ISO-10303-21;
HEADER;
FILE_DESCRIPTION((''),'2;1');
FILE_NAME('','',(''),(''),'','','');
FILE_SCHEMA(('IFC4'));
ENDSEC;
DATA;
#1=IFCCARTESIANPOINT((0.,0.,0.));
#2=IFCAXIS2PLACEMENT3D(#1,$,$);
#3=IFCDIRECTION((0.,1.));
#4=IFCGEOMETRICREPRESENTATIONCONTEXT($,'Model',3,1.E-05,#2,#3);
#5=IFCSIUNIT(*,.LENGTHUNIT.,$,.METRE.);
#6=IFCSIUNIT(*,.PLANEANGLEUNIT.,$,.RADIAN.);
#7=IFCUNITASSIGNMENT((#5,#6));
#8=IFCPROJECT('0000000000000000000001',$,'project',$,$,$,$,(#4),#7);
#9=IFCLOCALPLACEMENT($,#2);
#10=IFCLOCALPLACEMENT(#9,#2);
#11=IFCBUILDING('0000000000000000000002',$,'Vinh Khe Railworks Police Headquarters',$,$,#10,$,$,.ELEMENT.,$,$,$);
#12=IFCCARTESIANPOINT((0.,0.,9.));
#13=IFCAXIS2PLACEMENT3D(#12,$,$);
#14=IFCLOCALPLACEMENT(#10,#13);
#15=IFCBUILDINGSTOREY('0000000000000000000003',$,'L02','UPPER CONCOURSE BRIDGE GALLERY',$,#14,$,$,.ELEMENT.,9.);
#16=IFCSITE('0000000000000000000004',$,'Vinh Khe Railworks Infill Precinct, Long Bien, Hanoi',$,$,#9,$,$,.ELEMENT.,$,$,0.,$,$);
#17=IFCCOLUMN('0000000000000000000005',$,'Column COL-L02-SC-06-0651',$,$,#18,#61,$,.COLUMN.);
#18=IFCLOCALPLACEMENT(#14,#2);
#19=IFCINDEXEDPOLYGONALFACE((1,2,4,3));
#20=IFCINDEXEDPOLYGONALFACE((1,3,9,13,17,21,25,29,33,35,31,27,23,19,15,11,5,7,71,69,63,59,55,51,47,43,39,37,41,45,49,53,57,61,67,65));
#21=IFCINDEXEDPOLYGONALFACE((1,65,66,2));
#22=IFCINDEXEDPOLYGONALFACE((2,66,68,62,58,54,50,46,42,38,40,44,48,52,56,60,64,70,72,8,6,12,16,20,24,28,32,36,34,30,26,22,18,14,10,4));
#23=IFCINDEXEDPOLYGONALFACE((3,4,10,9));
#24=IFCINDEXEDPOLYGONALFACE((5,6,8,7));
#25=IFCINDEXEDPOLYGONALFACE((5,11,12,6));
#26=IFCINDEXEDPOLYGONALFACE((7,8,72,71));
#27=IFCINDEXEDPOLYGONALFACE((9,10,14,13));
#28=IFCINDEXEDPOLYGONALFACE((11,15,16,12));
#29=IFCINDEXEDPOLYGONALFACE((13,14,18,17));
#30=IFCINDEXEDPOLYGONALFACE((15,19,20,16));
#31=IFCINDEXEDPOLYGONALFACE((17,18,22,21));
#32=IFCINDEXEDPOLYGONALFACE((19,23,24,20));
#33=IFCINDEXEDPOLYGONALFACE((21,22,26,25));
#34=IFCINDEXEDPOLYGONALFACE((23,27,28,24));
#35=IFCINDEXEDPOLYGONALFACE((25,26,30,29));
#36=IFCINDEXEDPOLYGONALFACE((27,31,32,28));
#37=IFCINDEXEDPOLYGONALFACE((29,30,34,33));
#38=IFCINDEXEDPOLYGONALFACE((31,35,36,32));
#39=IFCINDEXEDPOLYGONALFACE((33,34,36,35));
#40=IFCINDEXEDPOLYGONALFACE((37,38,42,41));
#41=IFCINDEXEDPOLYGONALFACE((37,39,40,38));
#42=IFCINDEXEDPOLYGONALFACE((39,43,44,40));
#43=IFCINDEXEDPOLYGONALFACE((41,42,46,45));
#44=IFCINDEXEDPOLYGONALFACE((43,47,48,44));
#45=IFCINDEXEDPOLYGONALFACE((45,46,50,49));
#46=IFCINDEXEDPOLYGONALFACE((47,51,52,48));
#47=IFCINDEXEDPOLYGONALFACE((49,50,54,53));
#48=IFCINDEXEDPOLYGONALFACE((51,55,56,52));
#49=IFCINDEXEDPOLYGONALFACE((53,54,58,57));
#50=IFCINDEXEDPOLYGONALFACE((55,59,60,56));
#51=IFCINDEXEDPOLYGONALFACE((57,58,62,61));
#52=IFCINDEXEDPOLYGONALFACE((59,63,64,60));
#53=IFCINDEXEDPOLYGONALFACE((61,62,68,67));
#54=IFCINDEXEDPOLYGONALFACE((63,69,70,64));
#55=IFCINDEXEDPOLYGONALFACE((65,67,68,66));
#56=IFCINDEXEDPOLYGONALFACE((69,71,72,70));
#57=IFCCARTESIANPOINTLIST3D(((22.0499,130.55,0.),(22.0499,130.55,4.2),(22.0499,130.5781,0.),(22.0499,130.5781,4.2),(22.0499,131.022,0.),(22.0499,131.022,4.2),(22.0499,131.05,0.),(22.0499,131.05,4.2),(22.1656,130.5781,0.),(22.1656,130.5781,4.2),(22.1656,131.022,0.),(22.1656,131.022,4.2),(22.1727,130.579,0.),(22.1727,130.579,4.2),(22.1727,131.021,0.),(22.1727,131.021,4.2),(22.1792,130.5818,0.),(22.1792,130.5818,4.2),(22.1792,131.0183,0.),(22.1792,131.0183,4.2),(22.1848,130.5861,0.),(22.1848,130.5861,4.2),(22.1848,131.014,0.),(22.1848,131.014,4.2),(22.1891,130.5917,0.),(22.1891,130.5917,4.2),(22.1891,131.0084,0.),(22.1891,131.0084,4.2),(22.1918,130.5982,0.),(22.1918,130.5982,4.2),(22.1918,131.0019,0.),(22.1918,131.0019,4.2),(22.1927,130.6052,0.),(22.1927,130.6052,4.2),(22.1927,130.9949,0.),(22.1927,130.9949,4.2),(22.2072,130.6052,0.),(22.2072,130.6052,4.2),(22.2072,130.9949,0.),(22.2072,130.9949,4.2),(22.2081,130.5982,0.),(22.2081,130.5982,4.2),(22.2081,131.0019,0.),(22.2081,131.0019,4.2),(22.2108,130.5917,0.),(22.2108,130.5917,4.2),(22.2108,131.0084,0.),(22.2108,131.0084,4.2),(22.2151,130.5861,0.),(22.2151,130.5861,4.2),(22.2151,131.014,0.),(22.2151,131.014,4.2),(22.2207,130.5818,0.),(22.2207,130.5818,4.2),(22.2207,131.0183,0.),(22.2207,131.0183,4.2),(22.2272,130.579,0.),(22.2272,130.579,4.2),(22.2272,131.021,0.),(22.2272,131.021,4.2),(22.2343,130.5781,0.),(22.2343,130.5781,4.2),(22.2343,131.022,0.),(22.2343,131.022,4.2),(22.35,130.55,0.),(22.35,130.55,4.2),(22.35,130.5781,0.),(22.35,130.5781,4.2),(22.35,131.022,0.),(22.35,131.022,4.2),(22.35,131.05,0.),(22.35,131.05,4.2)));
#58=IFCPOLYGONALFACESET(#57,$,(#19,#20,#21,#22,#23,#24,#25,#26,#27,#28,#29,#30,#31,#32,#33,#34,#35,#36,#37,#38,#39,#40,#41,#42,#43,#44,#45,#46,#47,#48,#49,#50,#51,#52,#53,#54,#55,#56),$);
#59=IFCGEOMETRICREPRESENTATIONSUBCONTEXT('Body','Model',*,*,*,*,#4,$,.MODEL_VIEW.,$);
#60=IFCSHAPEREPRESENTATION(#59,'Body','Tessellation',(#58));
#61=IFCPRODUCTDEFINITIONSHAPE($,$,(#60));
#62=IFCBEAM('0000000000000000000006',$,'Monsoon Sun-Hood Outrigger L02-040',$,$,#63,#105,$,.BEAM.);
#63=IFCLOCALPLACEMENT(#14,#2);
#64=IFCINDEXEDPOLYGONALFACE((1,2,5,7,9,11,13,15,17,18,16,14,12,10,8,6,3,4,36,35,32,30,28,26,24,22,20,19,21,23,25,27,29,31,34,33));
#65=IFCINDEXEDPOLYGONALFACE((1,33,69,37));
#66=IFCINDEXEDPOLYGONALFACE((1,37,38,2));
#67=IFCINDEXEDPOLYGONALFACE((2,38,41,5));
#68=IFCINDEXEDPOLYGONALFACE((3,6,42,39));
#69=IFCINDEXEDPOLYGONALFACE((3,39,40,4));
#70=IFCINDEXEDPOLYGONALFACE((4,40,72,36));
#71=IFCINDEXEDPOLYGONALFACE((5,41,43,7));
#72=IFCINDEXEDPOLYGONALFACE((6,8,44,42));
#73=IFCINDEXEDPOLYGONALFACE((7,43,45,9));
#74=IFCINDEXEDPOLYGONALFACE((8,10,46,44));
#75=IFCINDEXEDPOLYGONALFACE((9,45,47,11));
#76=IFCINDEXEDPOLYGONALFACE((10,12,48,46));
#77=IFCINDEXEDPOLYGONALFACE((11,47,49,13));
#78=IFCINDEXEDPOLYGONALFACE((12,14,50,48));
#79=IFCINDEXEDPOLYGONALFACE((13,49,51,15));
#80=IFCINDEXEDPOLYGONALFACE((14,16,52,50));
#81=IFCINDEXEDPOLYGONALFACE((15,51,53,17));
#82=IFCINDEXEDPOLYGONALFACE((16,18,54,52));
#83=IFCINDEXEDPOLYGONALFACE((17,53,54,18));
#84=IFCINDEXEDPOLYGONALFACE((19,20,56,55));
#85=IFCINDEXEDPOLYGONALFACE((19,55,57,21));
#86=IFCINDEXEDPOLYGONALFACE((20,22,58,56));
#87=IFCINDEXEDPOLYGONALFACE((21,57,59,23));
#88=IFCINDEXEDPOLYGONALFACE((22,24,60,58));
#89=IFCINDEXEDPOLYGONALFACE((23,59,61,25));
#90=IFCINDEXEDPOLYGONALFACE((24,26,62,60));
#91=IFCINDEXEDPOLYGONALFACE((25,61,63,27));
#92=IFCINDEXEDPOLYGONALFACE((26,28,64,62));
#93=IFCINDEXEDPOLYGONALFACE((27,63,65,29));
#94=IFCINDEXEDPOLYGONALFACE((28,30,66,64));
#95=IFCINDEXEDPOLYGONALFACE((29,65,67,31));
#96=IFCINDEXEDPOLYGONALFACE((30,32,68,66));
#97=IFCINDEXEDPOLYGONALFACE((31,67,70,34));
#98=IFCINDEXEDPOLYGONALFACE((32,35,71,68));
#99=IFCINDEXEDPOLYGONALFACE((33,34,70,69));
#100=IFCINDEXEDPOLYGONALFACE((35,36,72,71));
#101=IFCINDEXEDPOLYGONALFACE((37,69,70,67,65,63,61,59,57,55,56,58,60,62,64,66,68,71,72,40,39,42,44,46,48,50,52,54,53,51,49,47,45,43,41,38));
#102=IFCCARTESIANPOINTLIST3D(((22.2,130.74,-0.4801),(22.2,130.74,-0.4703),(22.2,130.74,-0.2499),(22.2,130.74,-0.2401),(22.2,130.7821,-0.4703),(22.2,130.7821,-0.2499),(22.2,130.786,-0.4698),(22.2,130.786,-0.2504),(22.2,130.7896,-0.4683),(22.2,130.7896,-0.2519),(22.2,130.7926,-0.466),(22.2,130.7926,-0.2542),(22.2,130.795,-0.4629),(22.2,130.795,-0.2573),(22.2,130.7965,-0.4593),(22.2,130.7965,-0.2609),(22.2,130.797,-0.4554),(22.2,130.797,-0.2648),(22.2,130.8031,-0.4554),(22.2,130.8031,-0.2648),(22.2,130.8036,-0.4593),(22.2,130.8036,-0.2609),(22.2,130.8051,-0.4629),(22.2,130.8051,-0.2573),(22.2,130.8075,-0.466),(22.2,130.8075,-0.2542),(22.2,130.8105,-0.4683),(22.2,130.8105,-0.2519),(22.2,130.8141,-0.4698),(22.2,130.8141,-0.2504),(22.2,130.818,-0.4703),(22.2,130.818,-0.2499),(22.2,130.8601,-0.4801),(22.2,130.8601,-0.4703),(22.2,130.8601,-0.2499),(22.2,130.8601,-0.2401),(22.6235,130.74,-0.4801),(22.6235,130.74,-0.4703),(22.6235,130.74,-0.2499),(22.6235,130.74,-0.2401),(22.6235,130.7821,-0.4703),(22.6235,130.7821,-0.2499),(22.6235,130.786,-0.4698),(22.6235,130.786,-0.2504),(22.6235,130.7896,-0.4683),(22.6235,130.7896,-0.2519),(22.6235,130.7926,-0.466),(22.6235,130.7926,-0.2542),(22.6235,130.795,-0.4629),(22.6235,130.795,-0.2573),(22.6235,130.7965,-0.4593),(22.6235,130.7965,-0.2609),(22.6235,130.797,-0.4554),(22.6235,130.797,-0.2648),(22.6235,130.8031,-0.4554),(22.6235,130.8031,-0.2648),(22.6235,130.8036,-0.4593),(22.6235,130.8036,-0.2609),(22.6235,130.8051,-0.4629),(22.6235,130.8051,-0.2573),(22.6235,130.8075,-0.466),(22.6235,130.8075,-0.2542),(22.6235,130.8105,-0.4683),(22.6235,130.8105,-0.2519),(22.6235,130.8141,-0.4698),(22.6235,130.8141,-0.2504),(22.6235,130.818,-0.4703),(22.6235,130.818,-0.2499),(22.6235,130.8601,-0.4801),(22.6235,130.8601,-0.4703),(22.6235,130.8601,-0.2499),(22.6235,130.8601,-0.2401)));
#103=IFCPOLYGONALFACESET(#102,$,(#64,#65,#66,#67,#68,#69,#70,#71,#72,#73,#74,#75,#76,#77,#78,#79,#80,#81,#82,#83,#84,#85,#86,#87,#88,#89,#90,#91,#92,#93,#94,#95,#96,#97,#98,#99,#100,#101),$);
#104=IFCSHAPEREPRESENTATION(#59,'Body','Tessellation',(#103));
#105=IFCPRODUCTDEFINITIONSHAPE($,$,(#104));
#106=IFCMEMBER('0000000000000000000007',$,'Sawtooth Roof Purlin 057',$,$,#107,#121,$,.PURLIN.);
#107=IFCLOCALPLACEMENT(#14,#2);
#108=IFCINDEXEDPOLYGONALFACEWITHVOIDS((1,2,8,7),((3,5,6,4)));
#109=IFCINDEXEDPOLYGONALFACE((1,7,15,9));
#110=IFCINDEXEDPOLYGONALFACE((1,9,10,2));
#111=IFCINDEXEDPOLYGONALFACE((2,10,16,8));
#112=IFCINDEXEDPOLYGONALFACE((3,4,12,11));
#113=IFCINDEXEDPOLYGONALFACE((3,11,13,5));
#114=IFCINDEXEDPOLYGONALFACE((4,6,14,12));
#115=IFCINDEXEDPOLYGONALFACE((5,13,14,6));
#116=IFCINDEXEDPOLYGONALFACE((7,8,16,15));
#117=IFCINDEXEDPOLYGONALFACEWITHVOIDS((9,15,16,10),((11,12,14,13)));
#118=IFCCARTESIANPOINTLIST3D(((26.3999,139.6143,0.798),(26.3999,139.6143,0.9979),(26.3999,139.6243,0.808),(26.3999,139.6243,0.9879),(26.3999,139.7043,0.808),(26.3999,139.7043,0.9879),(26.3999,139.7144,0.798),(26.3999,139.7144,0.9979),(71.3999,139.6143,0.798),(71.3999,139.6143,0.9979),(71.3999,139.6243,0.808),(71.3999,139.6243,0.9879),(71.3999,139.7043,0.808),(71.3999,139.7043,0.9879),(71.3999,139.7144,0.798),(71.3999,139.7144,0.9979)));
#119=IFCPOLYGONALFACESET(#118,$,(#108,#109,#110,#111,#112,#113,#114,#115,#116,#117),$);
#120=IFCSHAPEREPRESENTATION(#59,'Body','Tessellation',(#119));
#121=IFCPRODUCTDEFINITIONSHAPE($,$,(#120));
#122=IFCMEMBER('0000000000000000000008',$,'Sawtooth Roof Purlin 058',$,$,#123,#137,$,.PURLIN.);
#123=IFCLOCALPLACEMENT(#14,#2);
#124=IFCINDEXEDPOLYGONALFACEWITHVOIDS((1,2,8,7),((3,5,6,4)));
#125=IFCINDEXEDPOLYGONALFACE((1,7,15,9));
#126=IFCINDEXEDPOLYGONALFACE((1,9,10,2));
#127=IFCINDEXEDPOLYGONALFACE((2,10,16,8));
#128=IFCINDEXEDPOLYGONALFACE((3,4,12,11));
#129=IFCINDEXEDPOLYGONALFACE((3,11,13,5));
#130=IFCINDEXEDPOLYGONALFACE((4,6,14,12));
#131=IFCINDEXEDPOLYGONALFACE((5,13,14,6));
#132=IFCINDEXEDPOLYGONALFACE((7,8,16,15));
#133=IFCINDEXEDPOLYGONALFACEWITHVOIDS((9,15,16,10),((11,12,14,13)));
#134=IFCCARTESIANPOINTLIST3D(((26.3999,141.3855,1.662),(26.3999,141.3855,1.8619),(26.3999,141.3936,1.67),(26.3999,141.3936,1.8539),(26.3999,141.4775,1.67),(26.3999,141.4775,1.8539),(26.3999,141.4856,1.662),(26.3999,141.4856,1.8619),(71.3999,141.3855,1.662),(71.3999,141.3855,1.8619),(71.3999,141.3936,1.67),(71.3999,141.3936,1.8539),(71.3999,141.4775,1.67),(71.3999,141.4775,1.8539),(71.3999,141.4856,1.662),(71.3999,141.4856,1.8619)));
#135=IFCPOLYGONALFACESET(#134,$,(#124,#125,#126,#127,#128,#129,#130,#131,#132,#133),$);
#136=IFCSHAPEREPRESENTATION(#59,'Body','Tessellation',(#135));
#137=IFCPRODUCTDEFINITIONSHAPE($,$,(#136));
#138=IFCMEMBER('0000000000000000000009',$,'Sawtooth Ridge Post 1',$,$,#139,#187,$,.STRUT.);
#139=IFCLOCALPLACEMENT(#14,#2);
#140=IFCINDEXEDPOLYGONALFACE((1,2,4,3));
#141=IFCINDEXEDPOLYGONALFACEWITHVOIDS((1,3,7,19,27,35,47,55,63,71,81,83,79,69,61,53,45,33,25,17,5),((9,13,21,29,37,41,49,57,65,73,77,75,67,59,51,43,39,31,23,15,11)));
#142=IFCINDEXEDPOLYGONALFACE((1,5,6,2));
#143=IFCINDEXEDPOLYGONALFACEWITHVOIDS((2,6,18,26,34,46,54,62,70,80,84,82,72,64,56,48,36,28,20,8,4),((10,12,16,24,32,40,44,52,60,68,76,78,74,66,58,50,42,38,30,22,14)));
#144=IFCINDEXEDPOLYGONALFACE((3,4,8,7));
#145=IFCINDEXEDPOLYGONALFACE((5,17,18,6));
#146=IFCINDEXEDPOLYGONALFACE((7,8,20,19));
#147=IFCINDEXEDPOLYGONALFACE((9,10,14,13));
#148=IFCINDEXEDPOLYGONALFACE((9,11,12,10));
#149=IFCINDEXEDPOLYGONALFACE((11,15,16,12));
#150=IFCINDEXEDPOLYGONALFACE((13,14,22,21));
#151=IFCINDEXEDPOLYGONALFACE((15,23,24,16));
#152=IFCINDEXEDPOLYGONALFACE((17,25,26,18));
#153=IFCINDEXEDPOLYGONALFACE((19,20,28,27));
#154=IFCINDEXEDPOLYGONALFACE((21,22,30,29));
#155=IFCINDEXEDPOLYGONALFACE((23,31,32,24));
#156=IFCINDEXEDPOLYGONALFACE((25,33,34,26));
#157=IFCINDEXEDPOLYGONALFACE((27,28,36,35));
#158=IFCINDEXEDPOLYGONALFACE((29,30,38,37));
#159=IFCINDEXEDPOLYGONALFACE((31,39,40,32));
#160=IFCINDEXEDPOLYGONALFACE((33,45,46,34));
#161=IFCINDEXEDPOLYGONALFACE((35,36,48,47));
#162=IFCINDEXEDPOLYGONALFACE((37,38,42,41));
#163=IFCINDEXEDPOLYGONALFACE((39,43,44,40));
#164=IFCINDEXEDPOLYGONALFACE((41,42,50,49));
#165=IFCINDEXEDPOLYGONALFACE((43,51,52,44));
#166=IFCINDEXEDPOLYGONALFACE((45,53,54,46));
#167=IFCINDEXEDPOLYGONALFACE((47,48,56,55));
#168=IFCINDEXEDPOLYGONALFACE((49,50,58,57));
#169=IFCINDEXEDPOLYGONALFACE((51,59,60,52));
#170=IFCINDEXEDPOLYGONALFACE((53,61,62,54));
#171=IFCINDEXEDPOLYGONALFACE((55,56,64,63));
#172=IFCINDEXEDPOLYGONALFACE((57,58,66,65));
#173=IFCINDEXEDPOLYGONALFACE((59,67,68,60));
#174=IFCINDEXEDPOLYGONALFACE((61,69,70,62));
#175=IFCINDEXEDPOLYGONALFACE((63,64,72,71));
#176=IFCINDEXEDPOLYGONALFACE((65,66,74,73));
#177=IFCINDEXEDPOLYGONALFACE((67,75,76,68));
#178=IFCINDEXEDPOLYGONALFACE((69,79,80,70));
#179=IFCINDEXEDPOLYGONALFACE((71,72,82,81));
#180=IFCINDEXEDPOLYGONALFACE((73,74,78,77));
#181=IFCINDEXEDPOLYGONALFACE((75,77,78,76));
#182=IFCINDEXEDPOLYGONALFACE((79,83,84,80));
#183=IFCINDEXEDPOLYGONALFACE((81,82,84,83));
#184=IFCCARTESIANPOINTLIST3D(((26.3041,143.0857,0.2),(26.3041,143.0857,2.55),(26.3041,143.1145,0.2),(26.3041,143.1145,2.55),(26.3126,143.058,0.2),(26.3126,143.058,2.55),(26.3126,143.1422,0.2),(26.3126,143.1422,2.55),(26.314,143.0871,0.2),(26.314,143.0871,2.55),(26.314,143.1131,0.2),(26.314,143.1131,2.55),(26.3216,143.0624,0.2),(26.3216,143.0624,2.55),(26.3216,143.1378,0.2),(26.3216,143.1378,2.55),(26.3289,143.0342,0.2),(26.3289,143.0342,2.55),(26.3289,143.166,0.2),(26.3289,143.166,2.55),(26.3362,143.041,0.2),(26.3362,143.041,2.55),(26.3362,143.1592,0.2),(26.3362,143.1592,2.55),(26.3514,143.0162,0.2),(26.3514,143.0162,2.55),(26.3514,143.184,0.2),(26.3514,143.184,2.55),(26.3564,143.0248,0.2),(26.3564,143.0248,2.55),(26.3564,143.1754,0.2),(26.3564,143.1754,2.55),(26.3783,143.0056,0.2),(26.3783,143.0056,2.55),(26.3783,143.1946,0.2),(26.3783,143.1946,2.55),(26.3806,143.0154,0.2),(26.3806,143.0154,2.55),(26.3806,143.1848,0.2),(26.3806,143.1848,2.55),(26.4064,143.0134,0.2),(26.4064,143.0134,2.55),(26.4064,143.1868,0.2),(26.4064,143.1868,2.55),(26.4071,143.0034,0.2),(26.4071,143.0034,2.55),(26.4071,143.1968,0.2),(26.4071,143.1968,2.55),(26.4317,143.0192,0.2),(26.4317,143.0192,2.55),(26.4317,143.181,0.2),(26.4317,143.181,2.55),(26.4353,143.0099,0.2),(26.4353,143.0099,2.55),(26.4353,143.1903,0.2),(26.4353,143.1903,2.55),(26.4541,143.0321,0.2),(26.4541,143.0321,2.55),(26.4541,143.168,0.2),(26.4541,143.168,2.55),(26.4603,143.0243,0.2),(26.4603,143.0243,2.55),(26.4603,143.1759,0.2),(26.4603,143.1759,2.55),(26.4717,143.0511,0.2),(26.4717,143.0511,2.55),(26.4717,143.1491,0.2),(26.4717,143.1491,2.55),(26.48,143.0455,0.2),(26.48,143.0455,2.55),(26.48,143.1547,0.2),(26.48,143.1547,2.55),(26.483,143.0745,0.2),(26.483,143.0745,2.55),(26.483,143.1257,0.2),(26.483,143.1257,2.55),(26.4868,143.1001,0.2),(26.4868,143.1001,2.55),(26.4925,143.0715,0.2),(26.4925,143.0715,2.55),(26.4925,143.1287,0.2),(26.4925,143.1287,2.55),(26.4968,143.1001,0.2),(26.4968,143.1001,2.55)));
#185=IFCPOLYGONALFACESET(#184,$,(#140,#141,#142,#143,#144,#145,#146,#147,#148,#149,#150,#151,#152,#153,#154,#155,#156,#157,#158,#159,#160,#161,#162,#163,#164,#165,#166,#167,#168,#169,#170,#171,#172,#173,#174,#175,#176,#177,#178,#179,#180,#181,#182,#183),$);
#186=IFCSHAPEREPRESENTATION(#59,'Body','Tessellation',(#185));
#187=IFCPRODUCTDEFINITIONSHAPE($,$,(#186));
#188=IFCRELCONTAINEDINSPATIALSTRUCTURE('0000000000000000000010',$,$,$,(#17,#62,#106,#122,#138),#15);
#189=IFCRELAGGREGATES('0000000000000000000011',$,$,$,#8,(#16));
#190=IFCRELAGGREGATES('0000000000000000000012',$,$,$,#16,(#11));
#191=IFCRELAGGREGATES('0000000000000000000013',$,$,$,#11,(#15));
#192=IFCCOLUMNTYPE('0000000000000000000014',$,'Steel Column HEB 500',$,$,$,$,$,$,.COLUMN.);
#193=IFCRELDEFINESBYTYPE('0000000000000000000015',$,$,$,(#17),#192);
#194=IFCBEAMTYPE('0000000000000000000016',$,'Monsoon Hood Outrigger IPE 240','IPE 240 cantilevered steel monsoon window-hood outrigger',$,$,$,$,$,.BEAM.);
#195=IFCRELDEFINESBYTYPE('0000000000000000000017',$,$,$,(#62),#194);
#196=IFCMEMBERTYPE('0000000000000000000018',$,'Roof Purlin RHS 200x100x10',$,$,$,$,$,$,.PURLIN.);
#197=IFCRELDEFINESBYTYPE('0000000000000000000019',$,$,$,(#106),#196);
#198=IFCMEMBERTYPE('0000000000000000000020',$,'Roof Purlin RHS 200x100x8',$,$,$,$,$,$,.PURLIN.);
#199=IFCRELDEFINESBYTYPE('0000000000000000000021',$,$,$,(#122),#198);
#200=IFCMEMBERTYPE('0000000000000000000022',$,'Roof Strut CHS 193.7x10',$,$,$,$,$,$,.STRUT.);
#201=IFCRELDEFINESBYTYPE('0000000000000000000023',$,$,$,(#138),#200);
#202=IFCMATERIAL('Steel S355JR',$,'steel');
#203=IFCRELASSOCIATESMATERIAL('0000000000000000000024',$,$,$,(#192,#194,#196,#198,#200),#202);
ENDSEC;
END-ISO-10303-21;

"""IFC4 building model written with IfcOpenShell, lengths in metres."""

from ifc_helpers import new_model, si_unit, direction, frame, origin, origin_2d, place, context, subcontext, project, spatial, hollow_rectangle, hollow_circle, i_section, extrude, material, material_profile, profile_set, type_object, element, save


model = new_model("IFC4")

# Units and contexts
model_context = context("Model", 3, precision=1e-05, world=origin(), true_north=direction((0.0, 1.0)))
body_context = subcontext(model_context, "Body", "Model", "MODEL_VIEW")
ifc_project = project(units=[si_unit("LENGTHUNIT", "METRE"), si_unit("PLANEANGLEUNIT", "RADIAN")], contexts=[model_context])

# Site, building, storey
site_placement = place(None, origin())
site = spatial("IfcSite", under=ifc_project, at=site_placement, Name="Vinh Khe Railworks Infill Precinct, Long Bien, Hanoi", CompositionType="ELEMENT", RefElevation=0.0)
building_placement = place(site_placement, origin())
building = spatial("IfcBuilding", under=site, at=building_placement, Name="Vinh Khe Railworks Police Headquarters", CompositionType="ELEMENT")
storey_placement = place(building_placement, frame((0.0, 0.0, 9.0)))
storey = spatial("IfcBuildingStorey", under=building, at=storey_placement, Name="L02", Description="UPPER CONCOURSE BRIDGE GALLERY", CompositionType="ELEMENT", Elevation=9.0)

# Column
ifc_material_1 = material(Name="Steel S355JR", Category="steel")
ifc_material_profile_1 = material_profile(ifc_material_1, i_section(OverallWidth=0.3, OverallDepth=0.5, WebThickness=0.0144, FlangeThickness=0.0281, FilletRadius=0.0271, at=origin_2d()), Name="HEB 500")
ifc_profile_set_1 = profile_set([ifc_material_profile_1], Name="Steel S355JR")
column_type = type_object("IfcColumnType", Name="Steel Column HEB 500", PredefinedType="COLUMN", material=ifc_profile_set_1)
column_placement = place(storey_placement, frame((22.2, 130.8, 0.0), z_axis=(0.0, 0.0, 1.0), x_axis=(1.0, 0.0, 0.0)))
element("IfcColumn", 1, at=column_placement, inside=storey, type_object=column_type, Name="Column COL-L02-SC-06-0651", PredefinedType="COLUMN", context=body_context, shape_type="SweptSolid", body=[
    extrude(i_section(OverallWidth=0.3, OverallDepth=0.5, WebThickness=0.0144, FlangeThickness=0.0281, FilletRadius=0.0271, at=origin_2d()), origin(), (0.0, 0.0, 1.0), 4.2),
])

# Beam
ifc_material_profile_2 = material_profile(ifc_material_1, i_section(OverallWidth=0.1201, OverallDepth=0.24, WebThickness=0.0061, FlangeThickness=0.0098, FilletRadius=0.0149, at=origin_2d()), Name="IPE 240")
ifc_profile_set_2 = profile_set([ifc_material_profile_2], Name="Steel S355JR")
beam_type_1 = type_object("IfcBeamType", Name="Monsoon Hood Outrigger IPE 240", Description="IPE 240 cantilevered steel monsoon window-hood outrigger", PredefinedType="BEAM", material=ifc_profile_set_2)
beam_1_placement = place(storey_placement, frame((22.2, 130.8, -0.3601), z_axis=(1.0, 0.0, 0.0), x_axis=(0.0, 1.0, 0.0)))
element("IfcBeam", 2, at=beam_1_placement, inside=storey, type_object=beam_type_1, Name="Monsoon Sun-Hood Outrigger L02-040", PredefinedType="BEAM", context=body_context, shape_type="SweptSolid", body=[
    extrude(i_section(OverallWidth=0.1201, OverallDepth=0.24, WebThickness=0.0061, FlangeThickness=0.0098, FilletRadius=0.0149, at=origin_2d()), origin(), (0.0, 0.0, 1.0), 0.4236),
])

# Members
ifc_material_profile_3 = material_profile(ifc_material_1, hollow_rectangle(XDim=0.1001, YDim=0.2, WallThickness=0.01, at=origin_2d()), Name="RHS 200x100x10")
ifc_profile_set_3 = profile_set([ifc_material_profile_3], Name="Steel S355JR")
member_type_1 = type_object("IfcMemberType", Name="Roof Purlin RHS 200x100x10", PredefinedType="PURLIN", material=ifc_profile_set_3)
member_1_placement = place(storey_placement, frame((26.3999, 139.6643, 0.8979), z_axis=(1.0, 0.0, 0.0), x_axis=(0.0, 1.0, 0.0)))
element("IfcMember", 3, at=member_1_placement, inside=storey, type_object=member_type_1, Name="Sawtooth Roof Purlin 057", PredefinedType="PURLIN", context=body_context, shape_type="SweptSolid", body=[
    extrude(hollow_rectangle(XDim=0.1001, YDim=0.2, WallThickness=0.01, at=origin_2d()), origin(), (0.0, 0.0, 1.0), 45.0),
])
ifc_material_profile_4 = material_profile(ifc_material_1, hollow_rectangle(XDim=0.1001, YDim=0.2, WallThickness=0.0081, at=origin_2d()), Name="RHS 200x100x8")
ifc_profile_set_4 = profile_set([ifc_material_profile_4], Name="Steel S355JR")
member_type_2 = type_object("IfcMemberType", Name="Roof Purlin RHS 200x100x8", PredefinedType="PURLIN", material=ifc_profile_set_4)
member_2_placement = place(storey_placement, frame((26.3999, 141.4355, 1.762), z_axis=(1.0, 0.0, 0.0), x_axis=(0.0, 1.0, 0.0)))
element("IfcMember", 4, at=member_2_placement, inside=storey, type_object=member_type_2, Name="Sawtooth Roof Purlin 058", PredefinedType="PURLIN", context=body_context, shape_type="SweptSolid", body=[
    extrude(hollow_rectangle(XDim=0.1001, YDim=0.2, WallThickness=0.0081, at=origin_2d()), origin(), (0.0, 0.0, 1.0), 45.0),
])
ifc_material_profile_5 = material_profile(ifc_material_1, hollow_circle(Radius=0.0969, WallThickness=0.01, at=origin_2d()), Name="CHS 193.7x10")
ifc_profile_set_5 = profile_set([ifc_material_profile_5], Name="Steel S355JR")
member_type_3 = type_object("IfcMemberType", Name="Roof Strut CHS 193.7x10", PredefinedType="STRUT", material=ifc_profile_set_5)
member_3_placement = place(storey_placement, frame((26.3999, 143.1001, 0.2), z_axis=(0.0, 0.0, 1.0), x_axis=(1.0, 0.0, 0.0)))
element("IfcMember", 5, at=member_3_placement, inside=storey, type_object=member_type_3, Name="Sawtooth Ridge Post 1", PredefinedType="STRUT", context=body_context, shape_type="SweptSolid", body=[
    extrude(hollow_circle(Radius=0.0969, WallThickness=0.01, at=origin_2d()), origin(), (0.0, 0.0, 1.0), 2.3501),
])

save(model, "model.ifc")
